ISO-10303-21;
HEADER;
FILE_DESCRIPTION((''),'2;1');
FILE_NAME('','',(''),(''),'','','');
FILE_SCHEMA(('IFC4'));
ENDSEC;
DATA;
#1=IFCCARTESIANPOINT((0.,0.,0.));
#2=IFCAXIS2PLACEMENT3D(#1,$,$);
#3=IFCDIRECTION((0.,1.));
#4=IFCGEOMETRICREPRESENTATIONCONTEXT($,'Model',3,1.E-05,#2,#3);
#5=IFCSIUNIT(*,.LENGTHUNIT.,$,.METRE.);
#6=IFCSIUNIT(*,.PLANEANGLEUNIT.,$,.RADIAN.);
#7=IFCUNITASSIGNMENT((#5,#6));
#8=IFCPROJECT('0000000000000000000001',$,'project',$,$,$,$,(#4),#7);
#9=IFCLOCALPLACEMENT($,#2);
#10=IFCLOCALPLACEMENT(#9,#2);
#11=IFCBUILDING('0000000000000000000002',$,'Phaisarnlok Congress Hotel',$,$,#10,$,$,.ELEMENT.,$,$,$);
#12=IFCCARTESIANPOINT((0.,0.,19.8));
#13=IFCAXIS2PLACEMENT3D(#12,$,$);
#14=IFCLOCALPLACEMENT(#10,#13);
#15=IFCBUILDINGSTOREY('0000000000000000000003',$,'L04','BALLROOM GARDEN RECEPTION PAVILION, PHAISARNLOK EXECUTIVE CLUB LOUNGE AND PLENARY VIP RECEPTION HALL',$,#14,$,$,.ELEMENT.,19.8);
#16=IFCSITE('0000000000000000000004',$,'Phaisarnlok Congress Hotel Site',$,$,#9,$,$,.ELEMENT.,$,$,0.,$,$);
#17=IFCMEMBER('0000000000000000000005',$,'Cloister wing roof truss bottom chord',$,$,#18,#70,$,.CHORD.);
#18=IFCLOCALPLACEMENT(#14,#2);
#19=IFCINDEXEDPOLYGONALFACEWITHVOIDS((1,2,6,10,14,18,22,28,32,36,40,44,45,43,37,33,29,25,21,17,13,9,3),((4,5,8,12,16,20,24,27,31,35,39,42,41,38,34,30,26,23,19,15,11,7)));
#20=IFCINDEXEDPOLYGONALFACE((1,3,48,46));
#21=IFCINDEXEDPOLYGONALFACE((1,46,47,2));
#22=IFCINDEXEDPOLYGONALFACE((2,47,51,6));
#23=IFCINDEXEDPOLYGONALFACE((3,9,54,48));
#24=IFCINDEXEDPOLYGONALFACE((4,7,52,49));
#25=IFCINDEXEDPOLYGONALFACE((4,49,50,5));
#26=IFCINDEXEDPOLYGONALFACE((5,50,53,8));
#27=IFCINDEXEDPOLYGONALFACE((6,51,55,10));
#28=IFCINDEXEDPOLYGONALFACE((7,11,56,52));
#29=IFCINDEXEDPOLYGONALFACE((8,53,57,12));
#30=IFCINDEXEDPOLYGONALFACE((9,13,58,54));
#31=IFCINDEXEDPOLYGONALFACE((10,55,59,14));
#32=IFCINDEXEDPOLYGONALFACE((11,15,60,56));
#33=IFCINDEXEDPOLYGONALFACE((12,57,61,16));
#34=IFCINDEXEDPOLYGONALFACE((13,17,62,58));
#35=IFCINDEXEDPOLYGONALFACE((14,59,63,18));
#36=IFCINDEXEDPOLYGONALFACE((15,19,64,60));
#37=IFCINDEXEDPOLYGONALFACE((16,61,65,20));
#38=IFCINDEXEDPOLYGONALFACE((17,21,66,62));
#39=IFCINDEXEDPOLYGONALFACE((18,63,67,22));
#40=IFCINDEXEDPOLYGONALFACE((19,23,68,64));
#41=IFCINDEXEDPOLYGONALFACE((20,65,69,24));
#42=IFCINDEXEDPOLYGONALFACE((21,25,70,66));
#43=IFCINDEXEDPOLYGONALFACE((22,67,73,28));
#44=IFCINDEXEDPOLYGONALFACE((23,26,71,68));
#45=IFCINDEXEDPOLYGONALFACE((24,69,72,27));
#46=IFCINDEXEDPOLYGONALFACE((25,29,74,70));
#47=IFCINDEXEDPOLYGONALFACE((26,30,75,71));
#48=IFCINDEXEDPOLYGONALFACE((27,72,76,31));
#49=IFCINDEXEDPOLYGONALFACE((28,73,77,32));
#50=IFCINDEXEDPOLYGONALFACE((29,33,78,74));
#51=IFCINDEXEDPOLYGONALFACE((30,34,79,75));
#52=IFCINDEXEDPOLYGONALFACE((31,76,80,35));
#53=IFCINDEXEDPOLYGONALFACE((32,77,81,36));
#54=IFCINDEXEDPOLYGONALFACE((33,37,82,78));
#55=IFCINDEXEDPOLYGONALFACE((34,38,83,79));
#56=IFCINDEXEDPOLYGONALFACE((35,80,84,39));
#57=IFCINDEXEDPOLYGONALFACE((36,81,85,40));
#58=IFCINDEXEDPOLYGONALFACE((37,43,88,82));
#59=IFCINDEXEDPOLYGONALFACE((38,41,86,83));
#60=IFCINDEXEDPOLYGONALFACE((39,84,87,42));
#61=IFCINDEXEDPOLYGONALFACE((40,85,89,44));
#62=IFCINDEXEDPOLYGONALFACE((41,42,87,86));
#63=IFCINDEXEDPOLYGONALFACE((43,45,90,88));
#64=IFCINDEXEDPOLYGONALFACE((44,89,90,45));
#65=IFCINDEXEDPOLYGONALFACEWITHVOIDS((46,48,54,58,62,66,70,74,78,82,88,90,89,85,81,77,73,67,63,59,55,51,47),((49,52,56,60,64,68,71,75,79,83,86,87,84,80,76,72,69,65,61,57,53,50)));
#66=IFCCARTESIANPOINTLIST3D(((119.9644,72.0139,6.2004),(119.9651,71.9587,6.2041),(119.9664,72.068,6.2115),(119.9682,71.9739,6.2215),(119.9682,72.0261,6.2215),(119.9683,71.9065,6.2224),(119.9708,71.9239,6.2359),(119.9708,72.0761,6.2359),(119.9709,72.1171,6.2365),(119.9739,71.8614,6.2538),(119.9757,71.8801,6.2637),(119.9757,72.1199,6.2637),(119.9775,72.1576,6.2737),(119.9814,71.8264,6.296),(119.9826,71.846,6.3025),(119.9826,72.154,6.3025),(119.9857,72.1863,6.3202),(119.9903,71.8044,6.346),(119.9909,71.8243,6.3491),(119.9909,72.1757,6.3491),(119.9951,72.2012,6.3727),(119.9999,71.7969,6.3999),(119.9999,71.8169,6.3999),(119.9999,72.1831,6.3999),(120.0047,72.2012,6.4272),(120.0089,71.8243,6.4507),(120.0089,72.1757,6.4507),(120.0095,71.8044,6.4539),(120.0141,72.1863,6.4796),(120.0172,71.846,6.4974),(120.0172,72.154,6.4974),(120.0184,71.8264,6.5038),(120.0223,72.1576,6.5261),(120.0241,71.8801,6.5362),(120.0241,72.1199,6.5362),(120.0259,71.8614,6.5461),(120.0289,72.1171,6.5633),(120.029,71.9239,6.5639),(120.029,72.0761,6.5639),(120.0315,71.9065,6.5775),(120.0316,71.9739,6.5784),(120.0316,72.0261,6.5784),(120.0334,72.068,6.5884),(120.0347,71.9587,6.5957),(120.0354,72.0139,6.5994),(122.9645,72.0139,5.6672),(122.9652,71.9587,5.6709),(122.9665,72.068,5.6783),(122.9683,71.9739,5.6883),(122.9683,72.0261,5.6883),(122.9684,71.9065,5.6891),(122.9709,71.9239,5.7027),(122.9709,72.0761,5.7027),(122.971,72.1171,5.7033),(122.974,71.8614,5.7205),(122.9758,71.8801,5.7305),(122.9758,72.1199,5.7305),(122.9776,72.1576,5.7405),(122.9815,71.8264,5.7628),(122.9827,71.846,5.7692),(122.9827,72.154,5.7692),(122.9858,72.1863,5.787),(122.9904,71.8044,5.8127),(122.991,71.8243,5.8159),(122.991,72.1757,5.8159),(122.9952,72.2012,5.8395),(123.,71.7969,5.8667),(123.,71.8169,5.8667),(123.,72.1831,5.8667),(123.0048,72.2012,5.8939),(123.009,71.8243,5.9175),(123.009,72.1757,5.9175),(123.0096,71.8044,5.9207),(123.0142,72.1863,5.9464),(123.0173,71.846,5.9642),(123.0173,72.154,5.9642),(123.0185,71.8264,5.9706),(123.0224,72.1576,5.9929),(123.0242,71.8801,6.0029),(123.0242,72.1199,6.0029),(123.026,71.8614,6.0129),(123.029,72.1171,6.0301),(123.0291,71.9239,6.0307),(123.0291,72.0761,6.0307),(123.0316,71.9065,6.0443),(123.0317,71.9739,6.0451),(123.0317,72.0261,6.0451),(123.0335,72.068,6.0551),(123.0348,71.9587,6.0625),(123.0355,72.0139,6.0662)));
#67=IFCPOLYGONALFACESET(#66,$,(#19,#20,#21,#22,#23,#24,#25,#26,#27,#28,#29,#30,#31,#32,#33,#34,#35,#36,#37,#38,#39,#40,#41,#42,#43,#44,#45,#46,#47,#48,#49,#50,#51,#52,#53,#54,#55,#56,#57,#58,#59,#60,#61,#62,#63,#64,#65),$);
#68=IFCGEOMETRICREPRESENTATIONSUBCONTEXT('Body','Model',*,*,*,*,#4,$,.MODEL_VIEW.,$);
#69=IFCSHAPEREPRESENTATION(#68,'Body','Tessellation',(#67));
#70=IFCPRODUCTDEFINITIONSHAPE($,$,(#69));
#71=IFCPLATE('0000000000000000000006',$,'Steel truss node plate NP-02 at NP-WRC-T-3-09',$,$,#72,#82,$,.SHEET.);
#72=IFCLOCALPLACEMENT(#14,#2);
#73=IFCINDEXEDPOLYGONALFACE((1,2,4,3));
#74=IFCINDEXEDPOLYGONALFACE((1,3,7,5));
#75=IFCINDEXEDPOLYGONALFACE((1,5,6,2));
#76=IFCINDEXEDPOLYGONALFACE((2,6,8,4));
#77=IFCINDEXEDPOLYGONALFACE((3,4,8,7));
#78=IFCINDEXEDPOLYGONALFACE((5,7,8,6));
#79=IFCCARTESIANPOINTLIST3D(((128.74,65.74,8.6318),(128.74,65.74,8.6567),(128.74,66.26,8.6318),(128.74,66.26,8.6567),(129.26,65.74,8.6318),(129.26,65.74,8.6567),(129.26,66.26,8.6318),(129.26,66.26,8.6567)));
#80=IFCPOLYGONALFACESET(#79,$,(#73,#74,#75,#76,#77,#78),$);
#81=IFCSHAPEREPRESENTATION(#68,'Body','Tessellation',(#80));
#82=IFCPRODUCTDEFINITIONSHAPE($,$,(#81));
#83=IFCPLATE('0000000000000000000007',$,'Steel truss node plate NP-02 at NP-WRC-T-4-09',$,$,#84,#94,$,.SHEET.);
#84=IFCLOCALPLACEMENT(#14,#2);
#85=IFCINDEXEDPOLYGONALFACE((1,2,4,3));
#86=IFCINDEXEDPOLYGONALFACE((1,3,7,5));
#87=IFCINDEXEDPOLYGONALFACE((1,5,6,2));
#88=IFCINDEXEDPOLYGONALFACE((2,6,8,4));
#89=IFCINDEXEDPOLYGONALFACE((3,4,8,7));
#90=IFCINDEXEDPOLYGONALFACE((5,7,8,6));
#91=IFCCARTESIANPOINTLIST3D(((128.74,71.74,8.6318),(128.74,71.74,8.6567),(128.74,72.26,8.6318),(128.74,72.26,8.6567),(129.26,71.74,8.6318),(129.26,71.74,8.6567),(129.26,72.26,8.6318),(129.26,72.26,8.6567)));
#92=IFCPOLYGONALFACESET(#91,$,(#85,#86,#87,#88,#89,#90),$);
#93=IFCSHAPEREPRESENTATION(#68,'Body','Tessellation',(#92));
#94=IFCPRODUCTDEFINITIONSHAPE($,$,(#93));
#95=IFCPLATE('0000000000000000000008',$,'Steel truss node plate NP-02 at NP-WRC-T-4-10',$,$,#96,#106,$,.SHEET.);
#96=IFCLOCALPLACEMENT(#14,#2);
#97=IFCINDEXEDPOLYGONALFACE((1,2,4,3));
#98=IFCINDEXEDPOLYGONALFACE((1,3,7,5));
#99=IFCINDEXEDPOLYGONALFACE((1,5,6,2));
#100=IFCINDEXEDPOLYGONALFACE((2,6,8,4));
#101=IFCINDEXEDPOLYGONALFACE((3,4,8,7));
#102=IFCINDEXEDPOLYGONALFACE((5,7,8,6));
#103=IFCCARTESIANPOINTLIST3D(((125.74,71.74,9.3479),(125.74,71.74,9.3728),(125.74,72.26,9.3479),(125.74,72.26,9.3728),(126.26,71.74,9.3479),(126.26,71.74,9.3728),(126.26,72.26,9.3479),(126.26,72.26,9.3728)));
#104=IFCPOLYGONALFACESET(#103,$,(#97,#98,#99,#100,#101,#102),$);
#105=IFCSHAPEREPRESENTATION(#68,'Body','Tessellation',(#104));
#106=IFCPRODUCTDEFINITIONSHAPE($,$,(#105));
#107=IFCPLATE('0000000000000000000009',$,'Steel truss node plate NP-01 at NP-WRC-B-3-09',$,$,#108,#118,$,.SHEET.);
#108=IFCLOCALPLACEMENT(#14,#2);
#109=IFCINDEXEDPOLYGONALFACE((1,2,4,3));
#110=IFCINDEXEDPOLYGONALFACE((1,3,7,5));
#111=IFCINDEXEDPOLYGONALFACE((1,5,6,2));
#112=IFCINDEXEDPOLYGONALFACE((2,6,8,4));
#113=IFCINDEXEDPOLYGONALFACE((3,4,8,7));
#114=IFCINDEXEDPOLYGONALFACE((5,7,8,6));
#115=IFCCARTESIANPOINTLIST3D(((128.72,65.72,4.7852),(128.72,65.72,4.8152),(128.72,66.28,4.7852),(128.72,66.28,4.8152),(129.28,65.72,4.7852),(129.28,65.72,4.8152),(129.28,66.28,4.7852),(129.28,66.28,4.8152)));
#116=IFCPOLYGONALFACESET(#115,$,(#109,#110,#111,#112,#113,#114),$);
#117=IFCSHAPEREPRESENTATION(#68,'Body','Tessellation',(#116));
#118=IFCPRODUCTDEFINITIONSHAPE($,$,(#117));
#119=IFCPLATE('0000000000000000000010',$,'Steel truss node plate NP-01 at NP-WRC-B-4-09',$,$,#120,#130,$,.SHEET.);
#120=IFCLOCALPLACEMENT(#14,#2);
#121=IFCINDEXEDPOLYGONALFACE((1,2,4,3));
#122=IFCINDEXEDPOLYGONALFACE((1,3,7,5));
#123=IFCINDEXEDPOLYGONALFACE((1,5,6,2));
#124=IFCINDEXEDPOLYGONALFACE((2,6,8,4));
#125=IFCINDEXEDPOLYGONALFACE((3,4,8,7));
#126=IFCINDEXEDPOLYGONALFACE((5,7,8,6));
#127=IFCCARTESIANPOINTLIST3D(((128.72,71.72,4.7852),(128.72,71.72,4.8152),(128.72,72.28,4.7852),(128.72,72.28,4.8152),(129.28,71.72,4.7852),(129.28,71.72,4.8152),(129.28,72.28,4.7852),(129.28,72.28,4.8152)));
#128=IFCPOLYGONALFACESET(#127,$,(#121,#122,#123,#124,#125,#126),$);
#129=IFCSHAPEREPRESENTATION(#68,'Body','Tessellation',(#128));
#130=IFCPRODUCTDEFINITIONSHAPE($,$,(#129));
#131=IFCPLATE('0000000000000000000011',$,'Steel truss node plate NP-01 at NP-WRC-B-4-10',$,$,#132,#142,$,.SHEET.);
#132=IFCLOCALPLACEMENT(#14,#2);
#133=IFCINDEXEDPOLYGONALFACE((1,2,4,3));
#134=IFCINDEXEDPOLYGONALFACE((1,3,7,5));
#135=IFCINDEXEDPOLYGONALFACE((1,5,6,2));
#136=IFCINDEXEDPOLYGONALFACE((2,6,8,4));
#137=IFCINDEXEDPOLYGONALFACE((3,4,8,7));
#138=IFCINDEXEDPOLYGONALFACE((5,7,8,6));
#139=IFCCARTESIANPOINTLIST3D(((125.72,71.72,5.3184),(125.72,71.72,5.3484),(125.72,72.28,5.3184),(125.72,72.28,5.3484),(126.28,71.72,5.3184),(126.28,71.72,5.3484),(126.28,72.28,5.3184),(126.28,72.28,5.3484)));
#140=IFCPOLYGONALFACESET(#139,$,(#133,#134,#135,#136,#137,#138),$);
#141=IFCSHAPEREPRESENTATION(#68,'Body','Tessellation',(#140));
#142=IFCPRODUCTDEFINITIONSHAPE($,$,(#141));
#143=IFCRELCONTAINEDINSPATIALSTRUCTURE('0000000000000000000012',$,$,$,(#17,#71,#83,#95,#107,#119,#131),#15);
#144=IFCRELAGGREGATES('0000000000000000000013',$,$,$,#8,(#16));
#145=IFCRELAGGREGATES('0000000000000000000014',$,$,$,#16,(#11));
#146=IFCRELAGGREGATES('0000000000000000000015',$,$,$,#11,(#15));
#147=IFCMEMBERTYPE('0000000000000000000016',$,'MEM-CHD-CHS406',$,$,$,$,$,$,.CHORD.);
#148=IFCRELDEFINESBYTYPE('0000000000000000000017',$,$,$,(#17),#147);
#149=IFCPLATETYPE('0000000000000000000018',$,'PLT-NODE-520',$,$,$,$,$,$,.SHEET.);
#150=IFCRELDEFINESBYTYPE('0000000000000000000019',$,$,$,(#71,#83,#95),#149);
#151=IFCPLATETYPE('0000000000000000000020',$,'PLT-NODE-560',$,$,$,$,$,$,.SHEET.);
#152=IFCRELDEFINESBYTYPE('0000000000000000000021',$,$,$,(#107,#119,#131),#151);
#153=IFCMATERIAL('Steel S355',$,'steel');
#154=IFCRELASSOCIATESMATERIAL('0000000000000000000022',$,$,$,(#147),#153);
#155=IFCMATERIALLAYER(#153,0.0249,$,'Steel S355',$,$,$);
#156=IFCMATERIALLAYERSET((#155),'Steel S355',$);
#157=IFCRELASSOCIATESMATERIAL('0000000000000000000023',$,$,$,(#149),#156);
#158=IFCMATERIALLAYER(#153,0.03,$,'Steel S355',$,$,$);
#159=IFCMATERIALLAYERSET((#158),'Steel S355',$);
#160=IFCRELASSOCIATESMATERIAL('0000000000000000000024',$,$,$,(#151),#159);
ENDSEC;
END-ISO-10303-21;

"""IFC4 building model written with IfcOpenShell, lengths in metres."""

from ifc_helpers import new_model, si_unit, direction, frame, origin, origin_2d, place, context, subcontext, project, spatial, rectangle, hollow_circle, extrude, material, layer, layer_set, material_profile, profile_set, type_object, element, save


model = new_model("IFC4")

# Units and contexts
model_context = context("Model", 3, precision=1e-05, world=origin(), true_north=direction((0.0, 1.0)))
body_context = subcontext(model_context, "Body", "Model", "MODEL_VIEW")
ifc_project = project(units=[si_unit("LENGTHUNIT", "METRE"), si_unit("PLANEANGLEUNIT", "RADIAN")], contexts=[model_context])

# Site, building, storey
site_placement = place(None, origin())
site = spatial("IfcSite", under=ifc_project, at=site_placement, Name="Phaisarnlok Congress Hotel Site", CompositionType="ELEMENT", RefElevation=0.0)
building_placement = place(site_placement, origin())
building = spatial("IfcBuilding", under=site, at=building_placement, Name="Phaisarnlok Congress Hotel", CompositionType="ELEMENT")
storey_placement = place(building_placement, frame((0.0, 0.0, 19.8)))
storey = spatial("IfcBuildingStorey", under=building, at=storey_placement, Name="L04", Description="BALLROOM GARDEN RECEPTION PAVILION, PHAISARNLOK EXECUTIVE CLUB LOUNGE AND PLENARY VIP RECEPTION HALL", CompositionType="ELEMENT", Elevation=19.8)

# Shared definitions
ifc_material_1 = material(Name="Steel S355", Category="steel")

# Member
ifc_material_profile_1 = material_profile(ifc_material_1, hollow_circle(Radius=0.2031, WallThickness=0.02, at=origin_2d()), Name="CHS 406.4x20")
ifc_profile_set_1 = profile_set([ifc_material_profile_1], Name="Steel S355")
member_type_1 = type_object("IfcMemberType", Name="MEM-CHD-CHS406", PredefinedType="CHORD", material=ifc_profile_set_1)
for number, where, z_axis, x_axis, name in (
    (1, (123.0, 72.0, 5.8667), (-0.98457, 0.0, 0.174992), (0.0, -1.0, 0.0), "Cloister wing roof truss bottom chord"),
):
    element("IfcMember", number, at=place(storey_placement, frame(where, z_axis=z_axis, x_axis=x_axis)), inside=storey, type_object=member_type_1, Name=name, PredefinedType="CHORD", context=body_context, shape_type="SweptSolid", body=[
        extrude(hollow_circle(Radius=0.2031, WallThickness=0.02, at=origin_2d()), origin(), (0.0, 0.0, 1.0), 3.0471),
    ])

# Plates
ifc_layer_1 = layer(ifc_material_1, 0.0249, Name="Steel S355")
ifc_layer_set_1 = layer_set([ifc_layer_1], Name="Steel S355")
plate_type_1 = type_object("IfcPlateType", Name="PLT-NODE-520", PredefinedType="SHEET", material=ifc_layer_set_1)
for number, where, z_axis, x_axis, name in (
    (2, (129.0, 66.0, 8.6318), (0.0, 0.0, 1.0), (1.0, 0.0, 0.0), "Steel truss node plate NP-02 at NP-WRC-T-3-09"),
    (3, (129.0, 72.0, 8.6318), (0.0, 0.0, 1.0), (1.0, 0.0, 0.0), "Steel truss node plate NP-02 at NP-WRC-T-4-09"),
    (4, (126.0, 72.0, 9.3479), (0.0, 0.0, 1.0), (1.0, 0.0, 0.0), "Steel truss node plate NP-02 at NP-WRC-T-4-10"),
):
    element("IfcPlate", number, at=place(storey_placement, frame(where, z_axis=z_axis, x_axis=x_axis)), inside=storey, type_object=plate_type_1, Name=name, PredefinedType="SHEET", context=body_context, shape_type="SweptSolid", body=[
        extrude(rectangle(XDim=0.52, YDim=0.52, at=origin_2d()), origin(), (0.0, 0.0, 1.0), 0.0249),
    ])
ifc_layer_2 = layer(ifc_material_1, 0.03, Name="Steel S355")
ifc_layer_set_2 = layer_set([ifc_layer_2], Name="Steel S355")
plate_type_2 = type_object("IfcPlateType", Name="PLT-NODE-560", PredefinedType="SHEET", material=ifc_layer_set_2)
for number, where, z_axis, x_axis, name in (
    (5, (129.0, 66.0, 4.7852), (0.0, 0.0, 1.0), (1.0, 0.0, 0.0), "Steel truss node plate NP-01 at NP-WRC-B-3-09"),
    (6, (129.0, 72.0, 4.7852), (0.0, 0.0, 1.0), (1.0, 0.0, 0.0), "Steel truss node plate NP-01 at NP-WRC-B-4-09"),
    (7, (126.0, 72.0, 5.3184), (0.0, 0.0, 1.0), (1.0, 0.0, 0.0), "Steel truss node plate NP-01 at NP-WRC-B-4-10"),
):
    element("IfcPlate", number, at=place(storey_placement, frame(where, z_axis=z_axis, x_axis=x_axis)), inside=storey, type_object=plate_type_2, Name=name, PredefinedType="SHEET", context=body_context, shape_type="SweptSolid", body=[
        extrude(rectangle(XDim=0.5601, YDim=0.5601, at=origin_2d()), origin(), (0.0, 0.0, 1.0), 0.03),
    ])

save(model, "model.ifc")
